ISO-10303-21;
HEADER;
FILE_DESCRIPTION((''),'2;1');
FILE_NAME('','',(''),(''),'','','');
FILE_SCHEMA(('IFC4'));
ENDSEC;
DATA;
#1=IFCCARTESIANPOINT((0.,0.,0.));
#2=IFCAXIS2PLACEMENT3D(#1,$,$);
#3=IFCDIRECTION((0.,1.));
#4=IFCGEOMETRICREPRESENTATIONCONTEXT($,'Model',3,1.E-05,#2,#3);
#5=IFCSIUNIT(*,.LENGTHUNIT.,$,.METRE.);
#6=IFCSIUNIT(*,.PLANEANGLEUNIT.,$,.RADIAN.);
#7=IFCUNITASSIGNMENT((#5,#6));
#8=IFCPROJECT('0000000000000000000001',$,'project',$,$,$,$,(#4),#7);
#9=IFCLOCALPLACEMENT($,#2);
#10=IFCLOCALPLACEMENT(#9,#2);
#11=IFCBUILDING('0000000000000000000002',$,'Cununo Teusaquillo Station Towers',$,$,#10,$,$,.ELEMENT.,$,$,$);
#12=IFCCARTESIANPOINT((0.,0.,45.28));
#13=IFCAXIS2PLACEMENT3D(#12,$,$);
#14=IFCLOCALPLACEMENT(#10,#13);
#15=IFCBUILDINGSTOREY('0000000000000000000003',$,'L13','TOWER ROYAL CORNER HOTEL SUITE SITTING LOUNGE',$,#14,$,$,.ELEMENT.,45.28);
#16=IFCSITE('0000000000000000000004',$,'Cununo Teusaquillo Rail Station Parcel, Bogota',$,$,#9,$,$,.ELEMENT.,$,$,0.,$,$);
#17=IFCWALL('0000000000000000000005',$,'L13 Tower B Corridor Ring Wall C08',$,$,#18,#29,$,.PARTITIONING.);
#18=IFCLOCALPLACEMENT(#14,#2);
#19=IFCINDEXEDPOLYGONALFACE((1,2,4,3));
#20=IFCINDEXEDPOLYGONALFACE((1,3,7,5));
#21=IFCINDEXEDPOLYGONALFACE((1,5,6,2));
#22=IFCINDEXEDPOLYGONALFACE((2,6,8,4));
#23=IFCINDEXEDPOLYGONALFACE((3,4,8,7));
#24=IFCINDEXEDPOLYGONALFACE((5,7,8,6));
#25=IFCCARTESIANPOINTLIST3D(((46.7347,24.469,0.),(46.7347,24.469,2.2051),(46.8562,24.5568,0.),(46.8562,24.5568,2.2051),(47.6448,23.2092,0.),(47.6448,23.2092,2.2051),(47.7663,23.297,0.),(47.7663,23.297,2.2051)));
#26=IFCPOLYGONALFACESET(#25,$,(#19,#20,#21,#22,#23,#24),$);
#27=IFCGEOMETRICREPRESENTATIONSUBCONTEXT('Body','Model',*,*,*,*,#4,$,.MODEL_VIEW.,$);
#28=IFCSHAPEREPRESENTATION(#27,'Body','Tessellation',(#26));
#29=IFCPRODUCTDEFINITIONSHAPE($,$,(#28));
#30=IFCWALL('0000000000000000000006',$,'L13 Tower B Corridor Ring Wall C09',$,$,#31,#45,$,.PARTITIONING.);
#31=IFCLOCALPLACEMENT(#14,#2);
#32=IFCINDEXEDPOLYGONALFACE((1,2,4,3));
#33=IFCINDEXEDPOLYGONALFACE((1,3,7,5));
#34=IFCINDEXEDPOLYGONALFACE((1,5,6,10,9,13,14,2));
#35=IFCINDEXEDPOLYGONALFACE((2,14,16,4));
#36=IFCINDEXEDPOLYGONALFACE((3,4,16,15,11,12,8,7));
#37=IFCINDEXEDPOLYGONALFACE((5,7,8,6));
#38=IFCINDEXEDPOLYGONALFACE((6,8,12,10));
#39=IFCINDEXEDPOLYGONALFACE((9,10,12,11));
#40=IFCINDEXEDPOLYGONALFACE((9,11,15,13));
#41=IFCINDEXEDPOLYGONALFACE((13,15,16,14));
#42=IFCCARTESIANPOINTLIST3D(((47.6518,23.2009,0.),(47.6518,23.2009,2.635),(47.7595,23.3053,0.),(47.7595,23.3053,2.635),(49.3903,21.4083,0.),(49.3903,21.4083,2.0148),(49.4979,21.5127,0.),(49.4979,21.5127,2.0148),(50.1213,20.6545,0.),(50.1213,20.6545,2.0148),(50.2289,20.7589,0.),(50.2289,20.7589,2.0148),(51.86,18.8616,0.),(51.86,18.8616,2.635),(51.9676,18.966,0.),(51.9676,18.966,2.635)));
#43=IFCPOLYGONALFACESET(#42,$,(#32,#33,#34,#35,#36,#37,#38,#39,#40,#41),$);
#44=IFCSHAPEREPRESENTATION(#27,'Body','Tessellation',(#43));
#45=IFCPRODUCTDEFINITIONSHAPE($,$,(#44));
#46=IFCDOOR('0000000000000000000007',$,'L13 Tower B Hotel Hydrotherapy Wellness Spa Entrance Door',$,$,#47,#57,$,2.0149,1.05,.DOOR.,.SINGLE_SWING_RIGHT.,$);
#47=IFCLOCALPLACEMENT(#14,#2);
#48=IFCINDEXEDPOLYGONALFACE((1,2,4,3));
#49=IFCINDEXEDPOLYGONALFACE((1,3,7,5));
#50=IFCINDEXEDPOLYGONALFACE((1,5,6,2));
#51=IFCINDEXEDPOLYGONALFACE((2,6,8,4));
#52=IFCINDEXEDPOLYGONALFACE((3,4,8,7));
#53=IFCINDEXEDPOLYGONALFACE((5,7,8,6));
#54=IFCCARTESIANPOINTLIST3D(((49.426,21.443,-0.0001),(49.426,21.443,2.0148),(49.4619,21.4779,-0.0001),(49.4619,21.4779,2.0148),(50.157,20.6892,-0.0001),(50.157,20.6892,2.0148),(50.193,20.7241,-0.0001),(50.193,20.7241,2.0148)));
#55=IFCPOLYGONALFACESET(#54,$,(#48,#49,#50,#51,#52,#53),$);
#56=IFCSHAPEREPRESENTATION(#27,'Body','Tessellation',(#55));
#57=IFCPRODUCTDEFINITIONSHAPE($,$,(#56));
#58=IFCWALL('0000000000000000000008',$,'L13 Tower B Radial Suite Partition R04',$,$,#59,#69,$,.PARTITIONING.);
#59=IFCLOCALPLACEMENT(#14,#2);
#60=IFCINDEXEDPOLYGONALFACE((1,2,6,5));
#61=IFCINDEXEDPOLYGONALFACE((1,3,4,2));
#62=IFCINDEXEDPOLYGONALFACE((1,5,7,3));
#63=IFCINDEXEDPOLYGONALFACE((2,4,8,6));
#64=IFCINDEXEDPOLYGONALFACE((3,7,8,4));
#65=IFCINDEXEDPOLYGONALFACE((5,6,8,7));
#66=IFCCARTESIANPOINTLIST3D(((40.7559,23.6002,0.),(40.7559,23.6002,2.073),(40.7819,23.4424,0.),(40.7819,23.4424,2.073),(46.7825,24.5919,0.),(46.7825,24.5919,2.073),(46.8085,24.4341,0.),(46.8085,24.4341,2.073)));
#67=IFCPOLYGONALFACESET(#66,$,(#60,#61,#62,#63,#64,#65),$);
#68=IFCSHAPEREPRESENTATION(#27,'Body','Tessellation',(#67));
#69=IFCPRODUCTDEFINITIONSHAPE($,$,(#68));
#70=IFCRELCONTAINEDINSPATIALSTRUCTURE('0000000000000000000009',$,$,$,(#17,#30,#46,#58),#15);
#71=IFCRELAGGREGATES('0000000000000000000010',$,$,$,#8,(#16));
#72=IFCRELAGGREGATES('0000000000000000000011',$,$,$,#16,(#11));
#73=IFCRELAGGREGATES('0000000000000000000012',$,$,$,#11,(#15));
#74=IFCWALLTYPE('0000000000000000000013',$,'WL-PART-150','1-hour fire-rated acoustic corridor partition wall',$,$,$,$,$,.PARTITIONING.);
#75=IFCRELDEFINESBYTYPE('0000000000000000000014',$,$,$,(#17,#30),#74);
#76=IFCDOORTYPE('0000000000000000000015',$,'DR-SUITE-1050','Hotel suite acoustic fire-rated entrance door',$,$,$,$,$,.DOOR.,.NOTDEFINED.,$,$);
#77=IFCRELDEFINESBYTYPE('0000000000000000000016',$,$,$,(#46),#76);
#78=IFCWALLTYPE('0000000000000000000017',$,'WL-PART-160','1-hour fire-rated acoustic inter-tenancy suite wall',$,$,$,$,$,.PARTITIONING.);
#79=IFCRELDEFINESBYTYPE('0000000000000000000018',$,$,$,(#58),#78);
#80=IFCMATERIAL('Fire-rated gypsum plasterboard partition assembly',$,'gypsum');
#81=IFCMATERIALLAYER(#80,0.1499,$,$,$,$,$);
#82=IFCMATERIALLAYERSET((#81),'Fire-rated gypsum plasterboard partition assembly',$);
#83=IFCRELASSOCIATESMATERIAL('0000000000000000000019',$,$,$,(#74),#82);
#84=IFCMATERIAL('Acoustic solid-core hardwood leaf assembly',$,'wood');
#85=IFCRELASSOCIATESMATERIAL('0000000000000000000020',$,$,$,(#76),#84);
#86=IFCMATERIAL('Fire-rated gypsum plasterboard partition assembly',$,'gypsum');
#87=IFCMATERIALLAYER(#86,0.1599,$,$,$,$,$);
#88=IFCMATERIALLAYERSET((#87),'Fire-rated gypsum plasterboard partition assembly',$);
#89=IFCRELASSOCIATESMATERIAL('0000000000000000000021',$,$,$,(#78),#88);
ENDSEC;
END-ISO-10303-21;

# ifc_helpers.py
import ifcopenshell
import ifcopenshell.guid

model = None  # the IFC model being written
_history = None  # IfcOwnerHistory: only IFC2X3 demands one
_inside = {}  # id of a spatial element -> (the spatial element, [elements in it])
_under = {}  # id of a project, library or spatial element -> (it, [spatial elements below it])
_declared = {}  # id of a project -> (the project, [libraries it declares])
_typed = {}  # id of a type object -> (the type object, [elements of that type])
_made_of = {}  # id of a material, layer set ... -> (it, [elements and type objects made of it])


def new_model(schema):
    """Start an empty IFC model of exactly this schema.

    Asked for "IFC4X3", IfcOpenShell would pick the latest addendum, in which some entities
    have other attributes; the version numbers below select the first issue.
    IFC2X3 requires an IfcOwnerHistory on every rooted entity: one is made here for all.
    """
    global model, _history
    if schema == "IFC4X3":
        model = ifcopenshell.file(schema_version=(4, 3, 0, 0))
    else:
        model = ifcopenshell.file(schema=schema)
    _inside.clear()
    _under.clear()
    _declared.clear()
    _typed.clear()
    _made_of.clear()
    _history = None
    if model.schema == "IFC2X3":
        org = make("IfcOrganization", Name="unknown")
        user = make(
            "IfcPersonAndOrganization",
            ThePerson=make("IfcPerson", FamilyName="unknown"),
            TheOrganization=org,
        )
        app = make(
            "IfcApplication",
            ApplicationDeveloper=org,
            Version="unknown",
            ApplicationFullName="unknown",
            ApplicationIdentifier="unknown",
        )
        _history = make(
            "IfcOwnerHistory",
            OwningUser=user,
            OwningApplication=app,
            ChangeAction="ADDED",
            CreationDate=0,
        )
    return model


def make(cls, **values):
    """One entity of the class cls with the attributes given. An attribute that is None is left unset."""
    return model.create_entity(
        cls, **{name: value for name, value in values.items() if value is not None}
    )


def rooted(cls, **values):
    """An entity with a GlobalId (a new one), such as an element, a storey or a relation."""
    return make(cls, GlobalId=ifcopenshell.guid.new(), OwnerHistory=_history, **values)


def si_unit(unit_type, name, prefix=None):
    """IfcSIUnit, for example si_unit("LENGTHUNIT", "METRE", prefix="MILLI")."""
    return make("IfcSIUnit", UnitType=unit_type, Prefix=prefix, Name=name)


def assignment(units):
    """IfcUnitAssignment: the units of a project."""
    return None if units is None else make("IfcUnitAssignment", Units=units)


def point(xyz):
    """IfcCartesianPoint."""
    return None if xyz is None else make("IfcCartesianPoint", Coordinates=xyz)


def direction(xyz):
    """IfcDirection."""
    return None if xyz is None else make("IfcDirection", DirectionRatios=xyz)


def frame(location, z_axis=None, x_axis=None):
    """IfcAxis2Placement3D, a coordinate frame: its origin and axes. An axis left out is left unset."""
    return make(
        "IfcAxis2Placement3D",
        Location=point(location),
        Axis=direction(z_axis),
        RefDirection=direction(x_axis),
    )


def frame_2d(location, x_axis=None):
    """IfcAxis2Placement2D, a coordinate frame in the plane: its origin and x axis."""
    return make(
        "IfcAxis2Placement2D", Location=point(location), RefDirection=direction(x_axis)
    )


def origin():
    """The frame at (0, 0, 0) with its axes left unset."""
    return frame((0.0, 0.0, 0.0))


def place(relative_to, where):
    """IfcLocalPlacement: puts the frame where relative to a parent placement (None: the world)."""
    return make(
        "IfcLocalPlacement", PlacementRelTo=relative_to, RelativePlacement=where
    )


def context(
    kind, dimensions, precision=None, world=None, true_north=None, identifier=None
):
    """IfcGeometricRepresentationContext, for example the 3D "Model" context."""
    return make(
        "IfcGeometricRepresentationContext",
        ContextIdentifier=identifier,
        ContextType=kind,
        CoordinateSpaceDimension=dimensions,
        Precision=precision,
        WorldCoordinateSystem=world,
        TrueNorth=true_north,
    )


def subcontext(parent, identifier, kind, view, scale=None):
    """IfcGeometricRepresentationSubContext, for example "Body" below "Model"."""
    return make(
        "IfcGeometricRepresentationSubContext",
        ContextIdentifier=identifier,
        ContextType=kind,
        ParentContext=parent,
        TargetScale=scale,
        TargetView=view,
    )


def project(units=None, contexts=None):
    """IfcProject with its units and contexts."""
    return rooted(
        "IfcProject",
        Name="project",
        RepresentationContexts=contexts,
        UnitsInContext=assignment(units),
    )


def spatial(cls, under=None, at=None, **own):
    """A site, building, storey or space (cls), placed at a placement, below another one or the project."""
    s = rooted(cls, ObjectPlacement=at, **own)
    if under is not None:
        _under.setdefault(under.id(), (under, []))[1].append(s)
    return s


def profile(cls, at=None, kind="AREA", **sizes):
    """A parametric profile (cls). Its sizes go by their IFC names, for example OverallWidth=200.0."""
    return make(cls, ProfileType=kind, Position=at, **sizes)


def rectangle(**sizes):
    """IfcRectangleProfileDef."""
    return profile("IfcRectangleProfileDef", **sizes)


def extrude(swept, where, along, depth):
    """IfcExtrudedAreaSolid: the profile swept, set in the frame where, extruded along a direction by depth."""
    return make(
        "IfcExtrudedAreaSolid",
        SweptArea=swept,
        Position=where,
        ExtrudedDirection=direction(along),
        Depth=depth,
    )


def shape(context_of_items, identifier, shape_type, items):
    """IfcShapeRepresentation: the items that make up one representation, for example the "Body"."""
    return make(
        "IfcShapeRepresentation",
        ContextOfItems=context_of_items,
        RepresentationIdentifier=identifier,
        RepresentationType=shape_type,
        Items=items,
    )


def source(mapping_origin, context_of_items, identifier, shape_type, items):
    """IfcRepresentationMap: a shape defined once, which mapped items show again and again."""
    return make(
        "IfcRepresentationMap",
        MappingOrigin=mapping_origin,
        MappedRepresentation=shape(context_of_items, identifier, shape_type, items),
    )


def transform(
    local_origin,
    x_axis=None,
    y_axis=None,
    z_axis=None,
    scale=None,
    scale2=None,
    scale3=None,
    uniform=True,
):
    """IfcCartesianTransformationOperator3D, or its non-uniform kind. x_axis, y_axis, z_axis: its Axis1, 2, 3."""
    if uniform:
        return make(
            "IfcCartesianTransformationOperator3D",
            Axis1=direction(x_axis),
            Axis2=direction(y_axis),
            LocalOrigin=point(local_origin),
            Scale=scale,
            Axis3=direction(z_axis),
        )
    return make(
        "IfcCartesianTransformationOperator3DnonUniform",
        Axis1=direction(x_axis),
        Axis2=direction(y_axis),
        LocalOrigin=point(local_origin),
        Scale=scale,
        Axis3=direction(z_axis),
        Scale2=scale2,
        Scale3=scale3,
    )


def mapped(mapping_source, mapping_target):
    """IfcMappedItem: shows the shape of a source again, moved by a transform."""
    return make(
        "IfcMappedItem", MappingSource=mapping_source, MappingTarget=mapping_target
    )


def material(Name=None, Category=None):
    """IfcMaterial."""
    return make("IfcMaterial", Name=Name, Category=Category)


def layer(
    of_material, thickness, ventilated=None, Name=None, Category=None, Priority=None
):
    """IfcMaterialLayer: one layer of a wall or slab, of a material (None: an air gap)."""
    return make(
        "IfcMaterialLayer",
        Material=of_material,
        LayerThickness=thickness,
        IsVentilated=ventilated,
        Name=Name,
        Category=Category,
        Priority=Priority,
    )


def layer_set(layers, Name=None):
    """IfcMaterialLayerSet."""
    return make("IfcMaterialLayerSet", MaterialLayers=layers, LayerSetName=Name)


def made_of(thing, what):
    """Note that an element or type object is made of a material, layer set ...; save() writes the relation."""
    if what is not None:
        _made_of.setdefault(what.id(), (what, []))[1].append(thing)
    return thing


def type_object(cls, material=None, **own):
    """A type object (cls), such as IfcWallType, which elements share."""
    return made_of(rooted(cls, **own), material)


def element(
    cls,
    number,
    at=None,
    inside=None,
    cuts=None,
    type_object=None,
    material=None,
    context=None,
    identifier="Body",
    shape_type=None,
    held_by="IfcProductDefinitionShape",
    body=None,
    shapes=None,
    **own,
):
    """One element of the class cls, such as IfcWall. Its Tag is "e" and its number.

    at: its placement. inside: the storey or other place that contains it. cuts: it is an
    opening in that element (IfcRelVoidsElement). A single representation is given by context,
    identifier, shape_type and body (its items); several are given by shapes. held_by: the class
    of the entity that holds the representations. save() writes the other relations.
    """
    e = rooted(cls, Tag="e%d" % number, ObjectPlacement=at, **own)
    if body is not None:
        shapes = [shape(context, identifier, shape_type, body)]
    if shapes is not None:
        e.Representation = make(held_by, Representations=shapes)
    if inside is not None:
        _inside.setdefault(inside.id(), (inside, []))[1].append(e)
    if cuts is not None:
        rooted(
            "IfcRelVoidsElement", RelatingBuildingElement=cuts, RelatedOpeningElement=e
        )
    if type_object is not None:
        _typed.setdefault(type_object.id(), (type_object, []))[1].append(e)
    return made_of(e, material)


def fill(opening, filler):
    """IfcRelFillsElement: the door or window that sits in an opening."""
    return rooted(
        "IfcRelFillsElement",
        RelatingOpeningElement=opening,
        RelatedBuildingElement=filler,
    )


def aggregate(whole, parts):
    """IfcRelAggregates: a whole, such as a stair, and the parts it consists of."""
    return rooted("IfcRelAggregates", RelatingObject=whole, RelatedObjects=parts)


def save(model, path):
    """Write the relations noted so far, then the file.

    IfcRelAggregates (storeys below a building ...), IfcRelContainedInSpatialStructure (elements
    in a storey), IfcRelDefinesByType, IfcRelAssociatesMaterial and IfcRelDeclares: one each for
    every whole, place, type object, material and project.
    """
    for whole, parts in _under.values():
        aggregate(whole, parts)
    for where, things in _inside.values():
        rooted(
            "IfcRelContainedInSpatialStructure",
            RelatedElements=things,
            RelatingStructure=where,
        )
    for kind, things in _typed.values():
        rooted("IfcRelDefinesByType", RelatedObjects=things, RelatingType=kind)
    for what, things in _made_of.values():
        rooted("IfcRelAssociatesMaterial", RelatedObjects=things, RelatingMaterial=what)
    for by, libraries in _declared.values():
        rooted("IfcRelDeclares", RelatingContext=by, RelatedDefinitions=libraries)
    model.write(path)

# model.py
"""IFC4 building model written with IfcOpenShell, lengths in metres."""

from ifc_helpers import new_model, si_unit, direction, frame, frame_2d, origin, place, context, subcontext, project, spatial, rectangle, extrude, source, transform, mapped, material, layer, layer_set, type_object, element, fill, save


model = new_model("IFC4")

# Units and contexts
model_context = context("Model", 3, precision=1e-05, world=origin(), true_north=direction((0.0, 1.0)))
body_context = subcontext(model_context, "Body", "Model", "MODEL_VIEW")
ifc_project = project(units=[si_unit("LENGTHUNIT", "METRE"), si_unit("PLANEANGLEUNIT", "RADIAN")], contexts=[model_context])

# Site, building, storey
site_placement = place(None, origin())
site = spatial("IfcSite", under=ifc_project, at=site_placement, Name="Cununo Teusaquillo Rail Station Parcel, Bogota", CompositionType="ELEMENT", RefElevation=0.0)
building_placement = place(site_placement, origin())
building = spatial("IfcBuilding", under=site, at=building_placement, Name="Cununo Teusaquillo Station Towers", CompositionType="ELEMENT")
storey_placement = place(building_placement, frame((0.0, 0.0, 45.28)))
storey = spatial("IfcBuildingStorey", under=building, at=storey_placement, Name="L13", Description="TOWER ROYAL CORNER HOTEL SUITE SITTING LOUNGE", CompositionType="ELEMENT", Elevation=45.28)

# Wall
ifc_material_1 = material(Name="Fire-rated gypsum plasterboard partition assembly", Category="gypsum")
ifc_layer_1 = layer(ifc_material_1, 0.1499)
ifc_layer_set_1 = layer_set([ifc_layer_1], Name="Fire-rated gypsum plasterboard partition assembly")
wall_type_1 = type_object("IfcWallType", Name="WL-PART-150", Description="1-hour fire-rated acoustic corridor partition wall", PredefinedType="PARTITIONING", material=ifc_layer_set_1)
wall_1_placement = place(storey_placement, frame((46.7954, 24.5129, 0.0), z_axis=(0.0, 0.0, 1.0), x_axis=(0.585628, -0.81058, 0.0)))
element("IfcWall", 1, at=wall_1_placement, inside=storey, type_object=wall_type_1, Name="L13 Tower B Corridor Ring Wall C08", PredefinedType="PARTITIONING", context=body_context, shape_type="SweptSolid", body=[
    extrude(rectangle(XDim=1.5542, YDim=0.1499, at=frame_2d((0.7771, 0.0))), origin(), (0.0, 0.0, 1.0), 2.2051),
])

# Wall, opening, door
wall_2_placement = place(storey_placement, frame((47.7056, 23.2532, 0.0), z_axis=(0.0, 0.0, 1.0), x_axis=(0.696179, -0.717868, 0.0)))
wall_2 = element("IfcWall", 2, at=wall_2_placement, inside=storey, type_object=wall_type_1, Name="L13 Tower B Corridor Ring Wall C09", PredefinedType="PARTITIONING", context=body_context, shape_type="SweptSolid", body=[
    extrude(rectangle(XDim=6.0447, YDim=0.1499, at=frame_2d((3.0225, 0.0))), origin(), (0.0, 0.0, 1.0), 2.635),
])
shared_shape_1 = source(origin(), body_context, "Body", "SweptSolid", [
    extrude(rectangle(XDim=1.05, YDim=2.0149, at=frame_2d((0.5249, 1.0073))), frame((0.0, 0.085, 0.0), z_axis=(0.0, -1.0, 0.0), x_axis=(1.0, 0.0, 0.0)), (0.0, 0.0, 1.0), 0.1699),
])
opening_1_placement = place(wall_2_placement, frame((2.4973, 0.0, 0.0)))
opening_1 = element("IfcOpeningElement", 3, at=opening_1_placement, cuts=wall_2, PredefinedType="OPENING", context=body_context, shape_type="MappedRepresentation", body=[
    mapped(shared_shape_1, transform((0.0, 0.0, 0.0), x_axis=(1.0, 0.0, 0.0), y_axis=(0.0, 1.0, 0.0), z_axis=(0.0, 0.0, 1.0), scale=1.0)),
])
ifc_material_2 = material(Name="Acoustic solid-core hardwood leaf assembly", Category="wood")
door_type_1 = type_object("IfcDoorType", Name="DR-SUITE-1050", Description="Hotel suite acoustic fire-rated entrance door", OperationType="NOTDEFINED", PredefinedType="DOOR", material=ifc_material_2)
shared_shape_2 = source(origin(), body_context, "Body", "SweptSolid", [
    extrude(rectangle(XDim=1.05, YDim=2.0149, at=frame_2d((0.5249, 1.0073))), frame((0.0, 0.0249, 0.0), z_axis=(0.0, -1.0, 0.0), x_axis=(1.0, 0.0, 0.0)), (0.0, 0.0, 1.0), 0.05),
])
door_1_placement = place(opening_1_placement, origin())
door_1 = element("IfcDoor", 4, at=door_1_placement, inside=storey, type_object=door_type_1, Name="L13 Tower B Hotel Hydrotherapy Wellness Spa Entrance Door", OperationType="SINGLE_SWING_RIGHT", OverallHeight=2.0149, OverallWidth=1.05, PredefinedType="DOOR", context=body_context, shape_type="MappedRepresentation", body=[
    mapped(shared_shape_2, transform((0.0, 0.0, 0.0), x_axis=(1.0, 0.0, 0.0), y_axis=(0.0, 1.0, 0.0), z_axis=(0.0, 0.0, 1.0), scale=1.0)),
])
fill(opening_1, door_1)

# Wall
ifc_material_3 = material(Name="Fire-rated gypsum plasterboard partition assembly", Category="gypsum")
ifc_layer_2 = layer(ifc_material_3, 0.1599)
ifc_layer_set_2 = layer_set([ifc_layer_2], Name="Fire-rated gypsum plasterboard partition assembly")
wall_type_2 = type_object("IfcWallType", Name="WL-PART-160", Description="1-hour fire-rated acoustic inter-tenancy suite wall", PredefinedType="PARTITIONING", material=ifc_layer_set_2)
wall_3_placement = place(storey_placement, frame((46.7954, 24.5129, 0.0), z_axis=(0.0, 0.0, 1.0), x_axis=(-0.98673, -0.16237, 0.0)))
element("IfcWall", 5, at=wall_3_placement, inside=storey, type_object=wall_type_2, Name="L13 Tower B Radial Suite Partition R04", PredefinedType="PARTITIONING", context=body_context, shape_type="SweptSolid", body=[
    extrude(rectangle(XDim=6.1077, YDim=0.1599, at=frame_2d((3.0537, 0.0))), origin(), (0.0, 0.0, 1.0), 2.073),
])

save(model, "model.ifc")
